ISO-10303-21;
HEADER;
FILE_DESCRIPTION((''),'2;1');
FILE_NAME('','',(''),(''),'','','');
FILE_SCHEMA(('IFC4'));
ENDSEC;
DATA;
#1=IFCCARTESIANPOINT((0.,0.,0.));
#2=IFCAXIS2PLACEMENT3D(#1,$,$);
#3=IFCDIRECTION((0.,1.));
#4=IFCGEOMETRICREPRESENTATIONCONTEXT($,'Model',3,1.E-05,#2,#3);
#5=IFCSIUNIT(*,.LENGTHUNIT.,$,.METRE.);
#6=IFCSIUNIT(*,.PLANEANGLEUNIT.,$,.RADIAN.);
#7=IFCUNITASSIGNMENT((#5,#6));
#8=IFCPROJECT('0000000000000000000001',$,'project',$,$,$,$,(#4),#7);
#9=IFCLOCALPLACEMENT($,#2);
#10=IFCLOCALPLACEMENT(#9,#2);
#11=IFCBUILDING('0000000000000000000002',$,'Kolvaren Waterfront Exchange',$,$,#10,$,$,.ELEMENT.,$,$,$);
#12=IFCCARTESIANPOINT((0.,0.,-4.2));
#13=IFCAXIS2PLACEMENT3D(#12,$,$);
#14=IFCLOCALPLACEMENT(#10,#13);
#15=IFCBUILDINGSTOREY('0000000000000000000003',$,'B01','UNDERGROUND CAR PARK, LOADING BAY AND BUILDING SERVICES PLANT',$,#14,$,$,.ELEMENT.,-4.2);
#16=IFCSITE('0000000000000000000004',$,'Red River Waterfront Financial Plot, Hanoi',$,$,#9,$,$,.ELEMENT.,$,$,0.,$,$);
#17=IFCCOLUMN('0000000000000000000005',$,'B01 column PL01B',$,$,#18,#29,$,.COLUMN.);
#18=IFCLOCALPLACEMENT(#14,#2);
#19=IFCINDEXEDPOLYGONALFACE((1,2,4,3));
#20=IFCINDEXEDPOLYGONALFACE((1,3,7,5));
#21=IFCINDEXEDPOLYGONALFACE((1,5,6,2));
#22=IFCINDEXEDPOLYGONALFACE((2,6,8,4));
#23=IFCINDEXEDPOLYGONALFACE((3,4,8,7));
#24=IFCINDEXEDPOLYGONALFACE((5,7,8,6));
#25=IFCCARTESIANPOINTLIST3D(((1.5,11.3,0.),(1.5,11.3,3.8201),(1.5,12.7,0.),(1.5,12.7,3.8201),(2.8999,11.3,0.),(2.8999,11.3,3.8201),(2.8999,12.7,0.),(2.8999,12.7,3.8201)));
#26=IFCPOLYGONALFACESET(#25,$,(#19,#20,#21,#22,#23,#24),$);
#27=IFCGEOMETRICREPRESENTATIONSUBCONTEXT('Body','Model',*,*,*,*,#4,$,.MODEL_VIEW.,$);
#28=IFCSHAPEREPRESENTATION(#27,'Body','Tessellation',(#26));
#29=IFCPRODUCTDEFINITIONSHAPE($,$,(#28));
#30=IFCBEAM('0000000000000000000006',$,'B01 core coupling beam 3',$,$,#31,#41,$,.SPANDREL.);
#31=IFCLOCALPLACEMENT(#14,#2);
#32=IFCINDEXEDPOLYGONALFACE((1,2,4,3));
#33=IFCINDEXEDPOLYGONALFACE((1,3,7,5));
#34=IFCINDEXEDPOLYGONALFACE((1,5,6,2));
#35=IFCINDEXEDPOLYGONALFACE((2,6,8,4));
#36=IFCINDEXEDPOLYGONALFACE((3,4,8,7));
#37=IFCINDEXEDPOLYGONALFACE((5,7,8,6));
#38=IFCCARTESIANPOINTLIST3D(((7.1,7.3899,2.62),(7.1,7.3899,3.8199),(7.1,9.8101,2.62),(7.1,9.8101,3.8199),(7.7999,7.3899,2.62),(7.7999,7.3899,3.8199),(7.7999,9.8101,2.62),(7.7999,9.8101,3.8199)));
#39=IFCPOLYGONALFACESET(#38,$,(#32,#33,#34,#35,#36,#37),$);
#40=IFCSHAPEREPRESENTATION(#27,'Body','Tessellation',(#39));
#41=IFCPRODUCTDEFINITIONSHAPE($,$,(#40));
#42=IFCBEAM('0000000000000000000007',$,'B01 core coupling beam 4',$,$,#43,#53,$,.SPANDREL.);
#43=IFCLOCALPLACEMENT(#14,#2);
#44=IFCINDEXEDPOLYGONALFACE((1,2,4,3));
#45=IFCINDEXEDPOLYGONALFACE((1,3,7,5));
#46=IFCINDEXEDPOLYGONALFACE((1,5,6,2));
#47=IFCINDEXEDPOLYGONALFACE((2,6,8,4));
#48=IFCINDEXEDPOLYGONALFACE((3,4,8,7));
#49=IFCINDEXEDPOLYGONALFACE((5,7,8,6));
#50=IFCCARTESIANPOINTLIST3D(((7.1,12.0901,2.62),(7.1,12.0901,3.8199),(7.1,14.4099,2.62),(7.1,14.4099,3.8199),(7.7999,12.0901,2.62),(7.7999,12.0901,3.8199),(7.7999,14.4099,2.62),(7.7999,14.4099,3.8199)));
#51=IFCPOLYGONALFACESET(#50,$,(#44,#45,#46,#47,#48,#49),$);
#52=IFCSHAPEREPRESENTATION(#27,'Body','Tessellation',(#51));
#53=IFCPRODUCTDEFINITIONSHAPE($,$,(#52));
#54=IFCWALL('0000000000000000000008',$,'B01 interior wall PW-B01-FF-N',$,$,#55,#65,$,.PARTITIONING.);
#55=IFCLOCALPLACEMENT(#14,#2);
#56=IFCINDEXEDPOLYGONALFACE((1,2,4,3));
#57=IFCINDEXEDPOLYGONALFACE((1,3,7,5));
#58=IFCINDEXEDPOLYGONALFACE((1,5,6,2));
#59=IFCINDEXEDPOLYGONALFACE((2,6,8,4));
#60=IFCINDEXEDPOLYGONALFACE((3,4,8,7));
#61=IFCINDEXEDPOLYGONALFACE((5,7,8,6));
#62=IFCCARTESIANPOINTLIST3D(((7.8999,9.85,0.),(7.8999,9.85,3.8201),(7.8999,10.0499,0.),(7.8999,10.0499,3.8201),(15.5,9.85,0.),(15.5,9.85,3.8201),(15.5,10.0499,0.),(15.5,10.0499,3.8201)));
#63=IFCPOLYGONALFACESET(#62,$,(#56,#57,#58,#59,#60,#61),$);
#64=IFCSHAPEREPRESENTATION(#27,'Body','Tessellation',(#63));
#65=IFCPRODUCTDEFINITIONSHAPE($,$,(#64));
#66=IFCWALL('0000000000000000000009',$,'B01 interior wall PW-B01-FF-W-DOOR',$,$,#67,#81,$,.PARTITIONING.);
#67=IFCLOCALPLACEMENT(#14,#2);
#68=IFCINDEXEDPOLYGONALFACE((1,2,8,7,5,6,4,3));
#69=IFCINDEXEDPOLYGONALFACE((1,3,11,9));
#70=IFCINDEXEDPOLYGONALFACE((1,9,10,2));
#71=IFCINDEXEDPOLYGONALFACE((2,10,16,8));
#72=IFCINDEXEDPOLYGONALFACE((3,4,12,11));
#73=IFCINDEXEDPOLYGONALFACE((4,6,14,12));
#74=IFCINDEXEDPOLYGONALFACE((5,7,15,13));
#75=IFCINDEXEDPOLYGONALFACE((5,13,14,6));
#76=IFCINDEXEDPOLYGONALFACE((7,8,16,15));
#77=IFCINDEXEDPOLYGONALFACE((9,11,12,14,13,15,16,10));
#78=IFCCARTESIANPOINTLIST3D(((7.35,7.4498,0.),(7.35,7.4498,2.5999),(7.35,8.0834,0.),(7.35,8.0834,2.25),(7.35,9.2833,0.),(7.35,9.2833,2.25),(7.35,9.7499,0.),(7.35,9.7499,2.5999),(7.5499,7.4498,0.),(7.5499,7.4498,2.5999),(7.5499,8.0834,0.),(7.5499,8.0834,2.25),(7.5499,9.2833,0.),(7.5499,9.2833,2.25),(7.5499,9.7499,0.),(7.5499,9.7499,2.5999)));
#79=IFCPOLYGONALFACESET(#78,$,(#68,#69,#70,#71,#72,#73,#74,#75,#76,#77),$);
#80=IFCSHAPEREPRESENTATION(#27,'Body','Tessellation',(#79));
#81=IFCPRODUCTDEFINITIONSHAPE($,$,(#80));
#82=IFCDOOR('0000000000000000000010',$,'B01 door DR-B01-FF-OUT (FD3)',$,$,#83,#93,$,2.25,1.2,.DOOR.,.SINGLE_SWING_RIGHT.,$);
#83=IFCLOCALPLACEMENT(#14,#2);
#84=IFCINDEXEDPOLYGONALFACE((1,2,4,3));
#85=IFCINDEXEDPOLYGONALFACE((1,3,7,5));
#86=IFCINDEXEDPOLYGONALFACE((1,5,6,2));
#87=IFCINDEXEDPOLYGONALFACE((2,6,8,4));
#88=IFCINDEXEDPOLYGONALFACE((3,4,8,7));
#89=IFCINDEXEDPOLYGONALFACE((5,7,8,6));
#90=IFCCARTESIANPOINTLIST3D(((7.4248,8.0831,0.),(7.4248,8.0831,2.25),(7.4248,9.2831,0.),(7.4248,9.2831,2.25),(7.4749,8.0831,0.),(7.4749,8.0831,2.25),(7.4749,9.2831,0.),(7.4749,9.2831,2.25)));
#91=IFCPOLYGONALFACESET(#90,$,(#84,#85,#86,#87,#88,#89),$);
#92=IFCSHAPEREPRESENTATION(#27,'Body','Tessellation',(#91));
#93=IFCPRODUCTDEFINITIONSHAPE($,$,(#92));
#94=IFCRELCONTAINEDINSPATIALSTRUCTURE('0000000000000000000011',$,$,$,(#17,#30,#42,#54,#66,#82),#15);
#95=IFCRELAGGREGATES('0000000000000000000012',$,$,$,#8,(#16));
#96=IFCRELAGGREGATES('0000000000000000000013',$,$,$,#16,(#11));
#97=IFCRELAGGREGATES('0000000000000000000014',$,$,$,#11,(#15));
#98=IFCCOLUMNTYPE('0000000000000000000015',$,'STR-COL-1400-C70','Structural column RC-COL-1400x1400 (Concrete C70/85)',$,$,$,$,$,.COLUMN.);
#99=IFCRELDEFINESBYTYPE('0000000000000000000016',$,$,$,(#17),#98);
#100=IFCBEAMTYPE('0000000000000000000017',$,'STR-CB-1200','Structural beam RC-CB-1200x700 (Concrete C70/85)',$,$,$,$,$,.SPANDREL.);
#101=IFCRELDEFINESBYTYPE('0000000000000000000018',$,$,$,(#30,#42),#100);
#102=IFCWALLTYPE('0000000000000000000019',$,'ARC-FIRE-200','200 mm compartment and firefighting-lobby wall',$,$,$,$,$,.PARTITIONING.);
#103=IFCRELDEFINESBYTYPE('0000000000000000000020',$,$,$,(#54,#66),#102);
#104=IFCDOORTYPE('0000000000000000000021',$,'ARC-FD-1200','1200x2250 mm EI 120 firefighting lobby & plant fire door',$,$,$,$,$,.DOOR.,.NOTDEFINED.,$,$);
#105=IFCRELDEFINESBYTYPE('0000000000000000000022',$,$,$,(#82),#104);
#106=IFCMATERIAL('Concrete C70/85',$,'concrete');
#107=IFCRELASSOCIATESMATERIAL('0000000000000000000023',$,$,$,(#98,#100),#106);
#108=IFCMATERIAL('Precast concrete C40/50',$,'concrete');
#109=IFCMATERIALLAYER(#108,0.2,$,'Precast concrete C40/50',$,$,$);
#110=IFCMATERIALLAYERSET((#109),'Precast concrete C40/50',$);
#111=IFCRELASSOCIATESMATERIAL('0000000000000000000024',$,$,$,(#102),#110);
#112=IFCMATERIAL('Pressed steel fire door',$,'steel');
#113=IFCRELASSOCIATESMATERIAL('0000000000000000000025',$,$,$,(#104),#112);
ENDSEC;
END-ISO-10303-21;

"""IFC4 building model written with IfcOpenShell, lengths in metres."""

from ifc_helpers import new_model, si_unit, direction, frame, frame_2d, origin, origin_2d, place, context, subcontext, project, spatial, rectangle, extrude, material, layer, layer_set, material_profile, profile_set, type_object, element, fill, save


model = new_model("IFC4")

# Units and contexts
model_context = context("Model", 3, precision=1e-05, world=origin(), true_north=direction((0.0, 1.0)))
body_context = subcontext(model_context, "Body", "Model", "MODEL_VIEW")
ifc_project = project(units=[si_unit("LENGTHUNIT", "METRE"), si_unit("PLANEANGLEUNIT", "RADIAN")], contexts=[model_context])

# Site, building, storey
site_placement = place(None, origin())
site = spatial("IfcSite", under=ifc_project, at=site_placement, Name="Red River Waterfront Financial Plot, Hanoi", CompositionType="ELEMENT", RefElevation=0.0)
building_placement = place(site_placement, origin())
building = spatial("IfcBuilding", under=site, at=building_placement, Name="Kolvaren Waterfront Exchange", CompositionType="ELEMENT")
storey_placement = place(building_placement, frame((0.0, 0.0, -4.2)))
storey = spatial("IfcBuildingStorey", under=building, at=storey_placement, Name="B01", Description="UNDERGROUND CAR PARK, LOADING BAY AND BUILDING SERVICES PLANT", CompositionType="ELEMENT", Elevation=-4.2)

# Column
ifc_material_1 = material(Name="Concrete C70/85", Category="concrete")
ifc_material_profile_1 = material_profile(ifc_material_1, rectangle(XDim=1.3999, YDim=1.3999, at=origin_2d()), Name="RC-COL-1400x1400")
ifc_profile_set_1 = profile_set([ifc_material_profile_1], Name="Concrete C70/85")
column_type = type_object("IfcColumnType", Name="STR-COL-1400-C70", Description="Structural column RC-COL-1400x1400 (Concrete C70/85)", PredefinedType="COLUMN", material=ifc_profile_set_1)
column_placement = place(storey_placement, frame((2.2, 12.0, 0.0), z_axis=(0.0, 0.0, 1.0), x_axis=(1.0, 0.0, 0.0)))
element("IfcColumn", 1, at=column_placement, inside=storey, type_object=column_type, Name="B01 column PL01B", PredefinedType="COLUMN", context=body_context, shape_type="SweptSolid", body=[
    extrude(rectangle(XDim=1.3999, YDim=1.3999, at=origin_2d()), origin(), (0.0, 0.0, 1.0), 3.8201),
])

# Beams
ifc_material_profile_2 = material_profile(ifc_material_1, rectangle(XDim=0.7, YDim=1.2, at=origin_2d()), Name="RC-CB-1200x700")
ifc_profile_set_2 = profile_set([ifc_material_profile_2], Name="Concrete C70/85")
beam_type = type_object("IfcBeamType", Name="STR-CB-1200", Description="Structural beam RC-CB-1200x700 (Concrete C70/85)", PredefinedType="SPANDREL", material=ifc_profile_set_2)
beam_1_placement = place(storey_placement, frame((7.45, 7.3899, 3.22), z_axis=(0.0, 1.0, 0.0), x_axis=(-1.0, 0.0, 0.0)))
element("IfcBeam", 2, at=beam_1_placement, inside=storey, type_object=beam_type, Name="B01 core coupling beam 3", PredefinedType="SPANDREL", context=body_context, shape_type="SweptSolid", body=[
    extrude(rectangle(XDim=0.7, YDim=1.2, at=origin_2d()), origin(), (0.0, 0.0, 1.0), 2.4202),
])
beam_2_placement = place(storey_placement, frame((7.45, 12.0901, 3.22), z_axis=(0.0, 1.0, 0.0), x_axis=(-1.0, 0.0, 0.0)))
element("IfcBeam", 3, at=beam_2_placement, inside=storey, type_object=beam_type, Name="B01 core coupling beam 4", PredefinedType="SPANDREL", context=body_context, shape_type="SweptSolid", body=[
    extrude(rectangle(XDim=0.7, YDim=1.2, at=origin_2d()), origin(), (0.0, 0.0, 1.0), 2.3198),
])

# Wall
ifc_material_2 = material(Name="Precast concrete C40/50", Category="concrete")
ifc_layer_1 = layer(ifc_material_2, 0.2, Name="Precast concrete C40/50")
ifc_layer_set_1 = layer_set([ifc_layer_1], Name="Precast concrete C40/50")
wall_type_1 = type_object("IfcWallType", Name="ARC-FIRE-200", Description="200 mm compartment and firefighting-lobby wall", PredefinedType="PARTITIONING", material=ifc_layer_set_1)
wall_1_placement = place(storey_placement, frame((7.8999, 9.95, 0.0), z_axis=(0.0, 0.0, 1.0), x_axis=(1.0, 0.0, 0.0)))
element("IfcWall", 4, at=wall_1_placement, inside=storey, type_object=wall_type_1, Name="B01 interior wall PW-B01-FF-N", PredefinedType="PARTITIONING", context=body_context, shape_type="SweptSolid", body=[
    extrude(rectangle(XDim=7.6001, YDim=0.2, at=frame_2d((3.8, 0.0))), origin(), (0.0, 0.0, 1.0), 3.8201),
])

# Wall, opening, door
wall_2_placement = place(storey_placement, frame((7.45, 7.45, 0.0), z_axis=(0.0, 0.0, 1.0), x_axis=(0.0, 1.0, 0.0)))
wall_2 = element("IfcWall", 5, at=wall_2_placement, inside=storey, type_object=wall_type_1, Name="B01 interior wall PW-B01-FF-W-DOOR", PredefinedType="PARTITIONING", context=body_context, shape_type="SweptSolid", body=[
    extrude(rectangle(XDim=2.3, YDim=0.2, at=frame_2d((1.1499, 0.0))), origin(), (0.0, 0.0, 1.0), 2.5999),
])
opening_1_placement = place(wall_2_placement, frame((0.6333, 0.0, 0.0)))
opening_1 = element("IfcOpeningElement", 6, at=opening_1_placement, cuts=wall_2, PredefinedType="OPENING", context=body_context, shape_type="SweptSolid", body=[
    extrude(rectangle(XDim=1.2, YDim=2.25, at=frame_2d((0.6001, 1.125))), frame((0.0, 0.1099, 0.0), z_axis=(0.0, -1.0, 0.0), x_axis=(1.0, 0.0, 0.0)), (0.0, 0.0, 1.0), 0.22),
])
ifc_material_3 = material(Name="Pressed steel fire door", Category="steel")
door_type_1 = type_object("IfcDoorType", Name="ARC-FD-1200", Description="1200x2250 mm EI 120 firefighting lobby & plant fire door", OperationType="NOTDEFINED", PredefinedType="DOOR", material=ifc_material_3)
door_1_placement = place(opening_1_placement, frame((1.2, 0.0, 0.0), z_axis=(0.0, 0.0, 1.0), x_axis=(-1.0, 0.0, 0.0)))
door_1 = element("IfcDoor", 7, at=door_1_placement, inside=storey, type_object=door_type_1, Name="B01 door DR-B01-FF-OUT (FD3)", OperationType="SINGLE_SWING_RIGHT", OverallHeight=2.25, OverallWidth=1.2, PredefinedType="DOOR", context=body_context, shape_type="SweptSolid", body=[
    extrude(rectangle(XDim=1.2, YDim=2.25, at=frame_2d((0.6001, 1.125))), frame((0.0, 0.0249, 0.0), z_axis=(0.0, -1.0, 0.0), x_axis=(1.0, 0.0, 0.0)), (0.0, 0.0, 1.0), 0.05),
])
fill(opening_1, door_1)

save(model, "model.ifc")
